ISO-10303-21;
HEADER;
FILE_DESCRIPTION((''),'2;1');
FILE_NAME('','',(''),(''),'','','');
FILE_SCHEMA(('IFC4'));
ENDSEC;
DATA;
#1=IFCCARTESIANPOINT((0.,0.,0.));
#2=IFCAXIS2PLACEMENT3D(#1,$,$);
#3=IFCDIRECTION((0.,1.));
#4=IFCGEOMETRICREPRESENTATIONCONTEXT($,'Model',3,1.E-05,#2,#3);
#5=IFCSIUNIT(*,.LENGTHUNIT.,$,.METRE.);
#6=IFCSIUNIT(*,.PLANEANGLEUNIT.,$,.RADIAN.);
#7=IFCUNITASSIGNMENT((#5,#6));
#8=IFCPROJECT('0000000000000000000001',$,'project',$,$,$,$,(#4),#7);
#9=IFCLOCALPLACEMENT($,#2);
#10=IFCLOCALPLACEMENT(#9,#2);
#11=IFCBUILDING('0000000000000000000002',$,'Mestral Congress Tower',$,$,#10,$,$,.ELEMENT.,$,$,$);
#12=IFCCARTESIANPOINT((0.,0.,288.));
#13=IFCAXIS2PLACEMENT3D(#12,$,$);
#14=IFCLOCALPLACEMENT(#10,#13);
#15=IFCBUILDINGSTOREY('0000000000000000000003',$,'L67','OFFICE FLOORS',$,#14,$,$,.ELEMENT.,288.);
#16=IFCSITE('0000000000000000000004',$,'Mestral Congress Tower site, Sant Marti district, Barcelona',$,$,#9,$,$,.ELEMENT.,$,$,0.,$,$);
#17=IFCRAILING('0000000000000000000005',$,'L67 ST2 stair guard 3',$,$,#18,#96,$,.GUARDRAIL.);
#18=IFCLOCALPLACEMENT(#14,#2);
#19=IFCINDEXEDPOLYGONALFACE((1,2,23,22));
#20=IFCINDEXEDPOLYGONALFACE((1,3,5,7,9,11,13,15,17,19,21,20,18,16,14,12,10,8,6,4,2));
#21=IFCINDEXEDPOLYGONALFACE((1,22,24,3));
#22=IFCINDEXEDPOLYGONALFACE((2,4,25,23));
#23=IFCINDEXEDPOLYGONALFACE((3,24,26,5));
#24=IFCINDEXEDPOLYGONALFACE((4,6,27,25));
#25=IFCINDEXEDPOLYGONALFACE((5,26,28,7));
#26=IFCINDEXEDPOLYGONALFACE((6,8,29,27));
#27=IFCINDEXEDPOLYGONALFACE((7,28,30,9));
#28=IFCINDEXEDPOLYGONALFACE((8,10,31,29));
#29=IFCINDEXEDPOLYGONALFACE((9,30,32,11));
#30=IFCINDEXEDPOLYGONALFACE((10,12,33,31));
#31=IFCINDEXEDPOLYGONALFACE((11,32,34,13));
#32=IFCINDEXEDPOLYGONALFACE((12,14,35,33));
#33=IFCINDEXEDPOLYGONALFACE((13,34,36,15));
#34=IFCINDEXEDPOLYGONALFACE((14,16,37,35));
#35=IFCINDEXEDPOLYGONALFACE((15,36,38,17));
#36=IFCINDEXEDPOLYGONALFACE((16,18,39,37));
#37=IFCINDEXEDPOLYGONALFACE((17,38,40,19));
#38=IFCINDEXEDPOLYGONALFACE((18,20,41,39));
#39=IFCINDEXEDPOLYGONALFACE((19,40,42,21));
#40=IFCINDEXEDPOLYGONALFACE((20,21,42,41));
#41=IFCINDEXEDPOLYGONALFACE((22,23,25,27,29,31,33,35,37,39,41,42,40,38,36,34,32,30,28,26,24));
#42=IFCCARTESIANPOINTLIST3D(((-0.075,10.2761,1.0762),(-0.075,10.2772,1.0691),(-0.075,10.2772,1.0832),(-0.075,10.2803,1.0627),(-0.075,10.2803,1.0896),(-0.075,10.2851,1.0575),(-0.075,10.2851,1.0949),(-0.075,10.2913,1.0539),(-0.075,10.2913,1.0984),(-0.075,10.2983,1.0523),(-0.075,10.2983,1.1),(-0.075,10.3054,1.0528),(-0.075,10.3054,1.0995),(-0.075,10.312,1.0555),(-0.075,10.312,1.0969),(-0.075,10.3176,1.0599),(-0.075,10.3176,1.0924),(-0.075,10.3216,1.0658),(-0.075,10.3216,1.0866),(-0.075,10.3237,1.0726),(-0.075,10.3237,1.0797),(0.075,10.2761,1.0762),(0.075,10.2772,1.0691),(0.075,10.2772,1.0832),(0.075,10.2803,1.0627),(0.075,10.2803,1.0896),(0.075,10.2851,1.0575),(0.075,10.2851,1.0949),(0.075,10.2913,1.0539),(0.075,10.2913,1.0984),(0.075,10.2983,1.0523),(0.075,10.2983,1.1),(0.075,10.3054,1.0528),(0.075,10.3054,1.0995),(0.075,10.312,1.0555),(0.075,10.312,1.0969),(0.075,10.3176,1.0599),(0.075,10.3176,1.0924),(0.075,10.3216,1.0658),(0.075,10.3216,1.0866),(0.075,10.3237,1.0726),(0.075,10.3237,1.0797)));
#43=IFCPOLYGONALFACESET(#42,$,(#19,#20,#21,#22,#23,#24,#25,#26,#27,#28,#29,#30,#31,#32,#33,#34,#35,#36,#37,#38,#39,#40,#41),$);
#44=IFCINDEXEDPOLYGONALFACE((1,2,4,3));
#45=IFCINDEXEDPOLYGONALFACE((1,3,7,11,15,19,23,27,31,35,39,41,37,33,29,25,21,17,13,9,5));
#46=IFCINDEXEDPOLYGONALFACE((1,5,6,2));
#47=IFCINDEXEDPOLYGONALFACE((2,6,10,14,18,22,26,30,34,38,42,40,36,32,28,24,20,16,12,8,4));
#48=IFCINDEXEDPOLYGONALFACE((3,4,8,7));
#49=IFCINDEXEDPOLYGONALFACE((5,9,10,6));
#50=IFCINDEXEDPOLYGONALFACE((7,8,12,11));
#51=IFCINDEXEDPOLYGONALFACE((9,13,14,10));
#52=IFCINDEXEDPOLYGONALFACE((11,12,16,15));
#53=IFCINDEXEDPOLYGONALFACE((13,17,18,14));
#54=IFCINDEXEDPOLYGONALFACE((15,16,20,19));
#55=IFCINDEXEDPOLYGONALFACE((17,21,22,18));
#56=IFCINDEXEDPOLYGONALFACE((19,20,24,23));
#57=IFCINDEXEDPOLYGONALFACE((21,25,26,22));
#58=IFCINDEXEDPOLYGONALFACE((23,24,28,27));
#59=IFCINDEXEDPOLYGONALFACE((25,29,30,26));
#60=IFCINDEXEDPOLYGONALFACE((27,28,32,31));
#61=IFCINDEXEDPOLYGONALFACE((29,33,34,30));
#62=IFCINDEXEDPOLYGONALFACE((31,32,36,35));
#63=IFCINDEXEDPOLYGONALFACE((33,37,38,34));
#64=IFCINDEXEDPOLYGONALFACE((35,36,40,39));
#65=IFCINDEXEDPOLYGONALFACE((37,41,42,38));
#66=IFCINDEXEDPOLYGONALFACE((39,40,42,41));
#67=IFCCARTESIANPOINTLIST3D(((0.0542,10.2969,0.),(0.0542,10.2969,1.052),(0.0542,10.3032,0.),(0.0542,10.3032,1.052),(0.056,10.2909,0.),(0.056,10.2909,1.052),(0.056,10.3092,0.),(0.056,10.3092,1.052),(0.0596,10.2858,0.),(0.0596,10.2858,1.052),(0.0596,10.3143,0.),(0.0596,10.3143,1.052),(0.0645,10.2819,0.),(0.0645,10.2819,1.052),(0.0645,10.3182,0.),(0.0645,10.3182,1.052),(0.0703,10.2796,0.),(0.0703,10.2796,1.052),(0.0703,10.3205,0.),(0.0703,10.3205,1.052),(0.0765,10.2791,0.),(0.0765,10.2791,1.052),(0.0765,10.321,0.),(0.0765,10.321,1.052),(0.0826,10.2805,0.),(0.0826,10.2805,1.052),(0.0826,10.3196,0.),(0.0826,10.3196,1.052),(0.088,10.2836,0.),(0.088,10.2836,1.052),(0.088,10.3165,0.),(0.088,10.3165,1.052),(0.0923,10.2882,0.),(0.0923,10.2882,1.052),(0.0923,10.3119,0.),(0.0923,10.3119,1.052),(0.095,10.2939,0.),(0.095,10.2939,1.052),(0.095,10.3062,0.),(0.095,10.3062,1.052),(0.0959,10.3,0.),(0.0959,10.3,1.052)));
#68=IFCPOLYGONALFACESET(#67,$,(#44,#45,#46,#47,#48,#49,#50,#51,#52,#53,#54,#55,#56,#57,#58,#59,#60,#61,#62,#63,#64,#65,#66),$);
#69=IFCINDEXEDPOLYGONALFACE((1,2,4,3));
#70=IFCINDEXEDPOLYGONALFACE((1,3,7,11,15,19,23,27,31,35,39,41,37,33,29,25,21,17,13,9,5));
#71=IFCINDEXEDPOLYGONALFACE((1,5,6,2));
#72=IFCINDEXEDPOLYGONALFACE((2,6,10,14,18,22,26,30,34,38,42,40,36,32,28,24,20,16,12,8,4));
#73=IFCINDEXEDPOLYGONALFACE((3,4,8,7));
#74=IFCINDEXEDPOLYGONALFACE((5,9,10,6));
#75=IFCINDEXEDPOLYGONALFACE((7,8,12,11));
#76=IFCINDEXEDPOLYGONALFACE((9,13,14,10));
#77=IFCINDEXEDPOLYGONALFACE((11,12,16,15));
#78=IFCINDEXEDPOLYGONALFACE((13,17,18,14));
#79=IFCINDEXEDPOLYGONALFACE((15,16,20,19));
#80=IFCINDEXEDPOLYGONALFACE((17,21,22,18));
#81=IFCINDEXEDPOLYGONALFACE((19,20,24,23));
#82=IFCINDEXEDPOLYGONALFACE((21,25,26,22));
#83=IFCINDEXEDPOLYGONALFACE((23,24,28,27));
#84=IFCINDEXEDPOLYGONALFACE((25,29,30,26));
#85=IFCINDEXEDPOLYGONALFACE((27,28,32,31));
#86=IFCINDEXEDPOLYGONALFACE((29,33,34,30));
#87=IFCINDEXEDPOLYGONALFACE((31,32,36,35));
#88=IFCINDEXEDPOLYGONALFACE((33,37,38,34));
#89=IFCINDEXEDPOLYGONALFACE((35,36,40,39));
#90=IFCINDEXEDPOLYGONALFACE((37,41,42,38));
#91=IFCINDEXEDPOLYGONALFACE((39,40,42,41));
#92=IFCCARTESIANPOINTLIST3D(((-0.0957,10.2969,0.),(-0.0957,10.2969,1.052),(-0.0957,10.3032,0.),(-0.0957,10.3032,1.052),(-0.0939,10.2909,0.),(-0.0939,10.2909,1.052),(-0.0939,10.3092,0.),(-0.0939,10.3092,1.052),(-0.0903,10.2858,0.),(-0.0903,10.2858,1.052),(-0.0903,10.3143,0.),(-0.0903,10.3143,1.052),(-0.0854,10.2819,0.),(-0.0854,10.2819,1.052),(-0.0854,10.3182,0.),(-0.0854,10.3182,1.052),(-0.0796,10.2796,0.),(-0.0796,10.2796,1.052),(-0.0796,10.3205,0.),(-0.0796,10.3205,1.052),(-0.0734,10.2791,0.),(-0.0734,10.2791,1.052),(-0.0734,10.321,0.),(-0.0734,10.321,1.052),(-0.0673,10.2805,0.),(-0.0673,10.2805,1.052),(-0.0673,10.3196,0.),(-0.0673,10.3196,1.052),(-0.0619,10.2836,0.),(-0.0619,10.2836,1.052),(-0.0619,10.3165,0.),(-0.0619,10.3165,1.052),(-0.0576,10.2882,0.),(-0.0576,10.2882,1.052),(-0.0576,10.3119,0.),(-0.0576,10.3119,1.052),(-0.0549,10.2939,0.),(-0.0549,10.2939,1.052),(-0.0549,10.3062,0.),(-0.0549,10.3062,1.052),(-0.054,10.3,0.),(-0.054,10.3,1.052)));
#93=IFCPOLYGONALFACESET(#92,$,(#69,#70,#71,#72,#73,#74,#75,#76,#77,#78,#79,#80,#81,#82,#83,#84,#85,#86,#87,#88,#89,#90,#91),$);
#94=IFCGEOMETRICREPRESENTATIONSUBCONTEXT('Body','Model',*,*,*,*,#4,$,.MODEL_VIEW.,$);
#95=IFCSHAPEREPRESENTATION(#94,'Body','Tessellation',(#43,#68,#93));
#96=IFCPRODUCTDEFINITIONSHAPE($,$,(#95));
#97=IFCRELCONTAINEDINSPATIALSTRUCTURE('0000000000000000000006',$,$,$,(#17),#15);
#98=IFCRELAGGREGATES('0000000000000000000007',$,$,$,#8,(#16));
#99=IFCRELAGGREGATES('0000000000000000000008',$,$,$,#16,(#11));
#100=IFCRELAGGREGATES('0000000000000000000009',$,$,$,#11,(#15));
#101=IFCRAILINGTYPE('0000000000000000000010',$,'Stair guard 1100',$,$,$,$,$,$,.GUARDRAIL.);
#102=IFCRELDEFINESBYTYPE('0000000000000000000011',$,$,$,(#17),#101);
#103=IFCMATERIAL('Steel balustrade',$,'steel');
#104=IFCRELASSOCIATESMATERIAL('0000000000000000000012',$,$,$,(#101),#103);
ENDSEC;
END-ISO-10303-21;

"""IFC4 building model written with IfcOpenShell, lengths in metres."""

from ifc_helpers import new_model, si_unit, direction, frame, origin, origin_2d, place, context, subcontext, project, spatial, circle, extrude, material, type_object, element, save


model = new_model("IFC4")

# Units and contexts
model_context = context("Model", 3, precision=1e-05, world=origin(), true_north=direction((0.0, 1.0)))
body_context = subcontext(model_context, "Body", "Model", "MODEL_VIEW")
ifc_project = project(units=[si_unit("LENGTHUNIT", "METRE"), si_unit("PLANEANGLEUNIT", "RADIAN")], contexts=[model_context])

# Site, building, storey
site_placement = place(None, origin())
site = spatial("IfcSite", under=ifc_project, at=site_placement, Name="Mestral Congress Tower site, Sant Marti district, Barcelona", CompositionType="ELEMENT", RefElevation=0.0)
building_placement = place(site_placement, origin())
building = spatial("IfcBuilding", under=site, at=building_placement, Name="Mestral Congress Tower", CompositionType="ELEMENT")
storey_placement = place(building_placement, frame((0.0, 0.0, 288.0)))
storey = spatial("IfcBuildingStorey", under=building, at=storey_placement, Name="L67", Description="OFFICE FLOORS", CompositionType="ELEMENT", Elevation=288.0)

# Railing
ifc_material_1 = material(Name="Steel balustrade", Category="steel")
railing_type_1 = type_object("IfcRailingType", Name="Stair guard 1100", PredefinedType="GUARDRAIL", material=ifc_material_1)
railing_1_placement = place(storey_placement, frame((0.075, 10.3, 0.0)))
element("IfcRailing", 1, at=railing_1_placement, inside=storey, type_object=railing_type_1, Name="L67 ST2 stair guard 3", PredefinedType="GUARDRAIL", context=body_context, shape_type="SweptSolid", body=[
    extrude(circle(Radius=0.0239, at=origin_2d()), frame((0.0, 0.0, 1.0762), z_axis=(-1.0, 0.0, 0.0), x_axis=(0.0, -1.0, 0.0)), (0.0, 0.0, 1.0), 0.1499),
    extrude(circle(Radius=0.021, at=origin_2d()), origin(), (0.0, 0.0, 1.0), 1.052),
    extrude(circle(Radius=0.021, at=origin_2d()), frame((-0.1499, 0.0, 0.0)), (0.0, 0.0, 1.0), 1.052),
])

save(model, "model.ifc")
